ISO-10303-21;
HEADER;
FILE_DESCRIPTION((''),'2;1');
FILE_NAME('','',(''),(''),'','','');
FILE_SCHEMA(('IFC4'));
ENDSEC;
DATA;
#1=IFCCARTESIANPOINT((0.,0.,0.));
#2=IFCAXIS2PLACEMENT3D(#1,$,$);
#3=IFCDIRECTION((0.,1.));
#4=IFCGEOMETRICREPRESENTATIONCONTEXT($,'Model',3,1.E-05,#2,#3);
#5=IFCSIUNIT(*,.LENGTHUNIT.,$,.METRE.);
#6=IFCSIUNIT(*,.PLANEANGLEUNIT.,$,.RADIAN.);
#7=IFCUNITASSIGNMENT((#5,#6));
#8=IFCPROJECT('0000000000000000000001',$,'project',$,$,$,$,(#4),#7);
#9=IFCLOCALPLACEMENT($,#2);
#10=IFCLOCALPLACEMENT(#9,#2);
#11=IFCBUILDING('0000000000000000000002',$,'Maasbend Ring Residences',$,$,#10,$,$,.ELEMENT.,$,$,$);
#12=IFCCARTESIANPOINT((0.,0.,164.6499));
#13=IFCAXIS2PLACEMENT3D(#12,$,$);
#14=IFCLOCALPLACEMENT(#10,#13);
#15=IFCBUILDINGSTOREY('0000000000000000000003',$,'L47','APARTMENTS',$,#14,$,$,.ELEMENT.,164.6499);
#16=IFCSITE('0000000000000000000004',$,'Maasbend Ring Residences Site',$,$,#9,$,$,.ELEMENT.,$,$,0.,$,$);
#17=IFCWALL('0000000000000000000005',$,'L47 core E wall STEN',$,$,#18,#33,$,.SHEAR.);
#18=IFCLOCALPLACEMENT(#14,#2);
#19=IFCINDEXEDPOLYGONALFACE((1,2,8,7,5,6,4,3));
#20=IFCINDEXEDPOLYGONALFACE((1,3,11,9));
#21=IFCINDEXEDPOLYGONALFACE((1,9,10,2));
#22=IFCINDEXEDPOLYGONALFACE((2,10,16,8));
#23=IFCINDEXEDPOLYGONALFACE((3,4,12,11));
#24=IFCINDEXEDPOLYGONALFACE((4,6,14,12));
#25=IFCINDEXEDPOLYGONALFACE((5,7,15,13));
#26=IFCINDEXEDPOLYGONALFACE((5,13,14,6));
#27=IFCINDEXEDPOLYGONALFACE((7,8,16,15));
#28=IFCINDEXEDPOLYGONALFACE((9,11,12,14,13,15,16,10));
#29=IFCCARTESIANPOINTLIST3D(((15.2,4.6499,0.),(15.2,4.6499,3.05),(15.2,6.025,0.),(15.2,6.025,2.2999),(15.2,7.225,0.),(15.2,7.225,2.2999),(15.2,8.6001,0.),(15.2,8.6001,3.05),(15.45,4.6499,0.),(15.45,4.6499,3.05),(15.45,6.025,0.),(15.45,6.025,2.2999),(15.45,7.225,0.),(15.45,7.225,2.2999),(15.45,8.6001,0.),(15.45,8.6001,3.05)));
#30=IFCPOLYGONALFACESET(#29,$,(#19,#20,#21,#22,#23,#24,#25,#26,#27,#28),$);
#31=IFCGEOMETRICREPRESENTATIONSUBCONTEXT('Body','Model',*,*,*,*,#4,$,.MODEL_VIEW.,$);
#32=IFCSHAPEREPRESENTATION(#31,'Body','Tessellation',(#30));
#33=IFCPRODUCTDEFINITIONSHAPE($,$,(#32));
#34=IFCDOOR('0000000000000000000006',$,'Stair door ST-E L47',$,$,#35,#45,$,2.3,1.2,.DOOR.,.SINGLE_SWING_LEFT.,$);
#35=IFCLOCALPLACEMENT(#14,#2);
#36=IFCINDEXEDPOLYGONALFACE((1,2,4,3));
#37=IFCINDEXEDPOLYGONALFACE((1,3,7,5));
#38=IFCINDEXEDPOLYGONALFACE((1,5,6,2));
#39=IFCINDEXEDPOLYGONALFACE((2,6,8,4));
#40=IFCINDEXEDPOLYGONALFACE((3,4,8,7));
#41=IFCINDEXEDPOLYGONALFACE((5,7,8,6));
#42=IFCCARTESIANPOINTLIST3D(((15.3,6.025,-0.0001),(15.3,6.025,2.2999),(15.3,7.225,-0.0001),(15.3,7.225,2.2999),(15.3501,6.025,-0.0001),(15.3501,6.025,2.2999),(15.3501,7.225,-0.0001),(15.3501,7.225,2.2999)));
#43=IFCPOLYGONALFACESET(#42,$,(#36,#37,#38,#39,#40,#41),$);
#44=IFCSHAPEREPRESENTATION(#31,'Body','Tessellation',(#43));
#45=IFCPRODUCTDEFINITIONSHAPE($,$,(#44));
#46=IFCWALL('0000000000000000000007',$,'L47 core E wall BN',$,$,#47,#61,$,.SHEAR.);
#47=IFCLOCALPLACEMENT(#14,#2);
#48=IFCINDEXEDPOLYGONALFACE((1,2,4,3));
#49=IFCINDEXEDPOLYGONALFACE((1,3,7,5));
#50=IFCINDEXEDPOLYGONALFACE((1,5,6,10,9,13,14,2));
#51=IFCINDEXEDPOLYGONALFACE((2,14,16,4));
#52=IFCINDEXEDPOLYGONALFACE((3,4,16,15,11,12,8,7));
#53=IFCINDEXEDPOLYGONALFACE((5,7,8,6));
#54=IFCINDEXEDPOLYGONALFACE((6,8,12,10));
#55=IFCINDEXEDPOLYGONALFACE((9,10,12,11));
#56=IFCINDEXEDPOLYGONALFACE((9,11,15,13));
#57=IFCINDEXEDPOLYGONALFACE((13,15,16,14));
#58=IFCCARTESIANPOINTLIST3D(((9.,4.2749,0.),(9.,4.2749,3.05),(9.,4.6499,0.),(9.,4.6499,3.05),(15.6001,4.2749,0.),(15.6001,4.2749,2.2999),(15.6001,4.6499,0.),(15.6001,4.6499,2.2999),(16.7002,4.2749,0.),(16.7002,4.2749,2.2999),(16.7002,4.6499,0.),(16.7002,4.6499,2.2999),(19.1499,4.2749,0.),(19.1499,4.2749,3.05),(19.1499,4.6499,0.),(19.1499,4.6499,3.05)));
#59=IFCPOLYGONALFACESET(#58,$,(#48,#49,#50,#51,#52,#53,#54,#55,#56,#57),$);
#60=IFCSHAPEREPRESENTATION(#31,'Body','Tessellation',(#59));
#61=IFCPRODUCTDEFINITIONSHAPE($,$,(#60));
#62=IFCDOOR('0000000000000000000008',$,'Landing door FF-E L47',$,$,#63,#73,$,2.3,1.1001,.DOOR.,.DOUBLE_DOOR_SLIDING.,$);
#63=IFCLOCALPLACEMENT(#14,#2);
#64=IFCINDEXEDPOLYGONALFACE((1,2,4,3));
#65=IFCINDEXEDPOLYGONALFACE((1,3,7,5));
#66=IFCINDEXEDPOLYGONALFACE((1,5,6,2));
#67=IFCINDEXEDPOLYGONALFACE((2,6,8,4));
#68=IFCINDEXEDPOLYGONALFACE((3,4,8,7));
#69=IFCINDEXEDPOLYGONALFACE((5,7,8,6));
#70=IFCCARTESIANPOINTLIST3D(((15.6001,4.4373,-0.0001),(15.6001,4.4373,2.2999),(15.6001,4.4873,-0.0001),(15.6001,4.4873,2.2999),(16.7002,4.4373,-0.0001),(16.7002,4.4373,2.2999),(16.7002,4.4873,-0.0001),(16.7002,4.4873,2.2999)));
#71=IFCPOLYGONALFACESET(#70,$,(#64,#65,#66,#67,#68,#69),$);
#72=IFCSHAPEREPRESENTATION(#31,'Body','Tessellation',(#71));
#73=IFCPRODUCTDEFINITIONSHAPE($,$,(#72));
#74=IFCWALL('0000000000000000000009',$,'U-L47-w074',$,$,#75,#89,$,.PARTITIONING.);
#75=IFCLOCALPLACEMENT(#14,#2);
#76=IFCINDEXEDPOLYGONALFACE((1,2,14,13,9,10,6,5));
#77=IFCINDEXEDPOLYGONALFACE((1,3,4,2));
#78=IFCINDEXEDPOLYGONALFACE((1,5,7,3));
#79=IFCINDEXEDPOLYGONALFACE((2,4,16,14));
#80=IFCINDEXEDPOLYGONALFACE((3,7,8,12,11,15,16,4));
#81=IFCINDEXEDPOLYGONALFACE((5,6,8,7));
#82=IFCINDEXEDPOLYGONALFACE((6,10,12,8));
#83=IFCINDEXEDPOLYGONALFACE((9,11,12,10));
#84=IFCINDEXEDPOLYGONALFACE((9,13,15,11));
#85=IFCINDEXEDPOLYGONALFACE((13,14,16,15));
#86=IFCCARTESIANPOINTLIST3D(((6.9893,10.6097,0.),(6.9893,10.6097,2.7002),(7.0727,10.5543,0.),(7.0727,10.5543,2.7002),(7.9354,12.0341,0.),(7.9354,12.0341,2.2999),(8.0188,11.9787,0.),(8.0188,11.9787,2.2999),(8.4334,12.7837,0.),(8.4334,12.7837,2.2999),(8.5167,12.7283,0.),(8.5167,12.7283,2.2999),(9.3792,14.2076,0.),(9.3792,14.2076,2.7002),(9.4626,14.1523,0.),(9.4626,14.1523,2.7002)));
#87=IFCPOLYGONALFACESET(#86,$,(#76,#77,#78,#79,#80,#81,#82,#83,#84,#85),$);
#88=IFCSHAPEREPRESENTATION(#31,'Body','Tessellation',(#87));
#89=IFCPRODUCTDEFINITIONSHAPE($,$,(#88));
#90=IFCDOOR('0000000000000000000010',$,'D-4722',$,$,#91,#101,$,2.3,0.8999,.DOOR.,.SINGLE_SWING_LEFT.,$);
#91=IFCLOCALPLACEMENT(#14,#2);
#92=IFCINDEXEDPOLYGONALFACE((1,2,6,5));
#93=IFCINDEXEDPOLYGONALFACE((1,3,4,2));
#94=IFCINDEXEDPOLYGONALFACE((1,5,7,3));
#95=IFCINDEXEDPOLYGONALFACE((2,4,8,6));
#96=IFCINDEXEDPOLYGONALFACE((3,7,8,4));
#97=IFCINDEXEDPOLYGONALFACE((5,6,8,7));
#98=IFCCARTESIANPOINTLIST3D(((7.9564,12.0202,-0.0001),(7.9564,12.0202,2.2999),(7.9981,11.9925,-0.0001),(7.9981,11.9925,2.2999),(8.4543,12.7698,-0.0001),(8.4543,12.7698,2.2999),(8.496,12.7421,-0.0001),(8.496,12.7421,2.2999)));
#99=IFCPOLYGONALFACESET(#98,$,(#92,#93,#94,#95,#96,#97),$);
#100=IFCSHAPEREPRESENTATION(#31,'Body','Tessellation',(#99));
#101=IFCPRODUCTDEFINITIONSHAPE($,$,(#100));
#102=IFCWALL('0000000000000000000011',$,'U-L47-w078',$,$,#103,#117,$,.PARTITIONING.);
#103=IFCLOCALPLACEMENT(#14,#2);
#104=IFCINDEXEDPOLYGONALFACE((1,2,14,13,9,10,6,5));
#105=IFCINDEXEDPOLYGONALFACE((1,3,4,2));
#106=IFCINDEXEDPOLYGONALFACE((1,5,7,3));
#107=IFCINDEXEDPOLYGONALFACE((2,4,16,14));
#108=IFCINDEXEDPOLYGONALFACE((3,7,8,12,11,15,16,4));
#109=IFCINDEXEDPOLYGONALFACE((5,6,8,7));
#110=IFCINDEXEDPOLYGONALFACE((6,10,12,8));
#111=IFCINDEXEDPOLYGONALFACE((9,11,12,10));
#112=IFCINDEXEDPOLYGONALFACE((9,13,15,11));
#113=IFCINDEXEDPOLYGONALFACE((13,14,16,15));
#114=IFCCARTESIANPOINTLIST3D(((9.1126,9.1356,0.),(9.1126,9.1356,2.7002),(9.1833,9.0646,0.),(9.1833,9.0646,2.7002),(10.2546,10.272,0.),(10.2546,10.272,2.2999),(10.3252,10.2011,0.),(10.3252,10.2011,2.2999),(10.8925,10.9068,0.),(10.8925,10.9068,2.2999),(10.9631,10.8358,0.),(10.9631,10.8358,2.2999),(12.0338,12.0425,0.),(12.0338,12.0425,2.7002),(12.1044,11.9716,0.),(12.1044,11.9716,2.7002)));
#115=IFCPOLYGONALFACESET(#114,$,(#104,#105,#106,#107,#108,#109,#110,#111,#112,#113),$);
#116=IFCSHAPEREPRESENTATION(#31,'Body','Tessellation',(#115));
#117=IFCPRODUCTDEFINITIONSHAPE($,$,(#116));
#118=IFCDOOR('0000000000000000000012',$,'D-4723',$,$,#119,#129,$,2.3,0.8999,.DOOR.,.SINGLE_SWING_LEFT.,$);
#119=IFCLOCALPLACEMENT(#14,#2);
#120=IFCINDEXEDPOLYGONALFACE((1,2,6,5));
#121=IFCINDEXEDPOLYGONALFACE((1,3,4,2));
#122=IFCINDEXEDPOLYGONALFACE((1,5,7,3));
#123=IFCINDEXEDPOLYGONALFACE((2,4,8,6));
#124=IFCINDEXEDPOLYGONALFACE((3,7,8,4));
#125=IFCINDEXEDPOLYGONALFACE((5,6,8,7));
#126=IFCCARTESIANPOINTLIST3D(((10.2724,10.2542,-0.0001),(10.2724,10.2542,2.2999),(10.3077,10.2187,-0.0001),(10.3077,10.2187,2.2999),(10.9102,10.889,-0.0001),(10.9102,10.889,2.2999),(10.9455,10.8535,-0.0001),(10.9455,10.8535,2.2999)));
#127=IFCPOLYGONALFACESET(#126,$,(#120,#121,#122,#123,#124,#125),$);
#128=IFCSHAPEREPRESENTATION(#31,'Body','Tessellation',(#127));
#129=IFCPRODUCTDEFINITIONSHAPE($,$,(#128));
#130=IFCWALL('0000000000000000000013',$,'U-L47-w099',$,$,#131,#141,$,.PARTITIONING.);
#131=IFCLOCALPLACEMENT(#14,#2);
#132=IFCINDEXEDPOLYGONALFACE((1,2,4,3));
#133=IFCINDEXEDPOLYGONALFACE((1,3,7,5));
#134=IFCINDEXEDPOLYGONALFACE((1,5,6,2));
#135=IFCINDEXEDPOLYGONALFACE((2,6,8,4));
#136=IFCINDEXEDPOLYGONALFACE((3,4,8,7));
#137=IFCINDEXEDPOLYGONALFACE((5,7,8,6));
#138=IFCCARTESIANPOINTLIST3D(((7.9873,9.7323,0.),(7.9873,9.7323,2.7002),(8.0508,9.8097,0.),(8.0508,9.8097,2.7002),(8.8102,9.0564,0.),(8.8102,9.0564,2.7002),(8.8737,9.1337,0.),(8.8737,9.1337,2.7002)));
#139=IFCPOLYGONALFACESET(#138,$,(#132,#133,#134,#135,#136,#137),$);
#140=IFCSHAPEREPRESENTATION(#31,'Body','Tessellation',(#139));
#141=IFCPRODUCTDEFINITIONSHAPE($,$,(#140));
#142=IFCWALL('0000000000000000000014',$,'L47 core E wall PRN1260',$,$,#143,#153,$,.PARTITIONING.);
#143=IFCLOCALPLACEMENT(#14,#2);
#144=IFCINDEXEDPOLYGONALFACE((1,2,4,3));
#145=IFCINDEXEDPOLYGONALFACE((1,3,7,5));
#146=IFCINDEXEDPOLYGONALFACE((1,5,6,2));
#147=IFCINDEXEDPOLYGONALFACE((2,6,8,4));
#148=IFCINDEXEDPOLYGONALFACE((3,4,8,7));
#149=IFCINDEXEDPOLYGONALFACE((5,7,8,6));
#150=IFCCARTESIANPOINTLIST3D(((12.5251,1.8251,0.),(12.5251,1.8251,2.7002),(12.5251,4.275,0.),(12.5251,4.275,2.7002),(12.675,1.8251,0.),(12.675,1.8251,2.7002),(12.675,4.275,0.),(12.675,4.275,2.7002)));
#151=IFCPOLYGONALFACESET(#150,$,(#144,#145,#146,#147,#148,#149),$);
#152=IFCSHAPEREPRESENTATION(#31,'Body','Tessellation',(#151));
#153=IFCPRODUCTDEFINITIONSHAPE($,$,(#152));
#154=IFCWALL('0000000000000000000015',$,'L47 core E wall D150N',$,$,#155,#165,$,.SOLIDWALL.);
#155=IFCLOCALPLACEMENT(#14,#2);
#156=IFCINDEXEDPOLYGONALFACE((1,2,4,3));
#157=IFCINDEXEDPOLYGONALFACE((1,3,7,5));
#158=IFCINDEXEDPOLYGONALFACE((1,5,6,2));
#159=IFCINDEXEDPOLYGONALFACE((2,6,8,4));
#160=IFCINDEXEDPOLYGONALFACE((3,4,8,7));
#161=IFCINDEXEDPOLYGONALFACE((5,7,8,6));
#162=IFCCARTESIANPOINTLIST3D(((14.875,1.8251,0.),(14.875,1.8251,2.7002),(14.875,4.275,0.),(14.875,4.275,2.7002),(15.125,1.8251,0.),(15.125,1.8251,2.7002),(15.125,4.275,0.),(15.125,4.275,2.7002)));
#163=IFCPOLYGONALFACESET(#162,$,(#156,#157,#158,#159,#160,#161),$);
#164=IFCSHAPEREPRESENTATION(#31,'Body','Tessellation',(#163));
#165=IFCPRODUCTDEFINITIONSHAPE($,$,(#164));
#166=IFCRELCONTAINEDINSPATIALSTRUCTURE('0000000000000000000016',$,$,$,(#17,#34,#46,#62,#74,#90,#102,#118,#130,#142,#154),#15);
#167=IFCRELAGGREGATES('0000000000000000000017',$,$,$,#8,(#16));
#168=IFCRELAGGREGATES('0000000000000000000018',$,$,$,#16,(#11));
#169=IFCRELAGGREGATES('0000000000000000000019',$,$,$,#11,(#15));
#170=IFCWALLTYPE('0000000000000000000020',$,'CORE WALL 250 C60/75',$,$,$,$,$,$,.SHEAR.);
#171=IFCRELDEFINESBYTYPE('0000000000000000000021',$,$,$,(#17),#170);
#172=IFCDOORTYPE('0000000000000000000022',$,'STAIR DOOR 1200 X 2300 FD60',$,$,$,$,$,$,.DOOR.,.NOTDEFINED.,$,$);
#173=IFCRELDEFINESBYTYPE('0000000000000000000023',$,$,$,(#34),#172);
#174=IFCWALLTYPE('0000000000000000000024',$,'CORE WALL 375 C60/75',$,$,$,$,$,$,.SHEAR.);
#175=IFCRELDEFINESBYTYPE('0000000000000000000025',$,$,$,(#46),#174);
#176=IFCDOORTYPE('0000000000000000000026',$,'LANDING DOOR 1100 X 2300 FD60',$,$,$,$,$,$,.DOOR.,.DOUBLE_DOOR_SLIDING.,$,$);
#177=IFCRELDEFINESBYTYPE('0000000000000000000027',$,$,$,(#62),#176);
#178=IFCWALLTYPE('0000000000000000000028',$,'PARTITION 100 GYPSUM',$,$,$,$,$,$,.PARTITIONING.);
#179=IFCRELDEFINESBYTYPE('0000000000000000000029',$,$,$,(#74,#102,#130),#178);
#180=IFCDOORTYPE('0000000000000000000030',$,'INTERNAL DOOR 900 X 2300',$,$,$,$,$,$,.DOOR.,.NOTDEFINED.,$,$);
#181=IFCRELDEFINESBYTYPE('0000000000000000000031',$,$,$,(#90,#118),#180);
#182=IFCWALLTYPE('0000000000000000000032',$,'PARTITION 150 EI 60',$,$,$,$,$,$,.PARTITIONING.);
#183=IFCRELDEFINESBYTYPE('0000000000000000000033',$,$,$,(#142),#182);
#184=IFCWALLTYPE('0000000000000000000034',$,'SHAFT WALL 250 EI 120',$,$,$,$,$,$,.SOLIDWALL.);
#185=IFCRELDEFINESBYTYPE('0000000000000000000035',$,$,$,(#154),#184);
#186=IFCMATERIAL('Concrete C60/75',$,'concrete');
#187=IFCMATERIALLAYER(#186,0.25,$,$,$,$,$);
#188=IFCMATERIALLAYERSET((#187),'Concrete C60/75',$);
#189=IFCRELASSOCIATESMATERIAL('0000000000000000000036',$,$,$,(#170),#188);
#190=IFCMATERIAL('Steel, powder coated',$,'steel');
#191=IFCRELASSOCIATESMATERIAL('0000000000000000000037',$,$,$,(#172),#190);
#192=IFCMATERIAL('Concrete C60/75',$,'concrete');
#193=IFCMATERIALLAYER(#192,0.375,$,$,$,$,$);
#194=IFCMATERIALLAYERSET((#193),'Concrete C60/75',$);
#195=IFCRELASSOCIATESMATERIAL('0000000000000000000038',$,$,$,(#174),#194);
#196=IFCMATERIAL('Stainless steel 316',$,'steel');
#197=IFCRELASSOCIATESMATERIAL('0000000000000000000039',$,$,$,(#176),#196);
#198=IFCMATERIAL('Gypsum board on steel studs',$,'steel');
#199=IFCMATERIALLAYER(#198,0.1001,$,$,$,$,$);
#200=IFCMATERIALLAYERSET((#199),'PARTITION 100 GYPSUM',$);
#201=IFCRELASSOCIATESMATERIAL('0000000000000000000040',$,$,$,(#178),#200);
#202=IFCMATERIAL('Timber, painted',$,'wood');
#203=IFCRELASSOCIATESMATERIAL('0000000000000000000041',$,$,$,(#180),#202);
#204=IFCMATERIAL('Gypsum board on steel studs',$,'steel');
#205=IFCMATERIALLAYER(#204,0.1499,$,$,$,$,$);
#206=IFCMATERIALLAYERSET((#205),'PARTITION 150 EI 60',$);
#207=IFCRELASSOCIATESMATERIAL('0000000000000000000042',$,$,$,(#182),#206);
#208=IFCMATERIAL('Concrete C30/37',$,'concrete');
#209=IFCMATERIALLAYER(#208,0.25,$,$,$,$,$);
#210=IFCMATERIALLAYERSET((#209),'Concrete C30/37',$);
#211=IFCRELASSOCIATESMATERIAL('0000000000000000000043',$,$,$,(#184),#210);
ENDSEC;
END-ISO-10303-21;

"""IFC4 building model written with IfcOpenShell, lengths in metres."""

from ifc_helpers import new_model, si_unit, direction, frame, frame_2d, origin, place, context, subcontext, project, spatial, rectangle, extrude, material, layer, layer_set, type_object, element, fill, save


model = new_model("IFC4")

# Units and contexts
model_context = context("Model", 3, precision=1e-05, world=origin(), true_north=direction((0.0, 1.0)))
body_context = subcontext(model_context, "Body", "Model", "MODEL_VIEW")
ifc_project = project(units=[si_unit("LENGTHUNIT", "METRE"), si_unit("PLANEANGLEUNIT", "RADIAN")], contexts=[model_context])

# Site, building, storey
site_placement = place(None, origin())
site = spatial("IfcSite", under=ifc_project, at=site_placement, Name="Maasbend Ring Residences Site", CompositionType="ELEMENT", RefElevation=0.0)
building_placement = place(site_placement, origin())
building = spatial("IfcBuilding", under=site, at=building_placement, Name="Maasbend Ring Residences", CompositionType="ELEMENT")
storey_placement = place(building_placement, frame((0.0, 0.0, 164.6499)))
storey = spatial("IfcBuildingStorey", under=building, at=storey_placement, Name="L47", Description="APARTMENTS", CompositionType="ELEMENT", Elevation=164.6499)

# Shared definitions
ifc_material_1 = material(Name="Concrete C60/75", Category="concrete")
ifc_layer_1 = layer(ifc_material_1, 0.25)
ifc_layer_set_1 = layer_set([ifc_layer_1], Name="Concrete C60/75")
wall_type_1 = type_object("IfcWallType", Name="CORE WALL 250 C60/75", PredefinedType="SHEAR", material=ifc_layer_set_1)

# Walls, openings, doors
wall_1_placement = place(storey_placement, frame((15.325, 4.6499, 0.0), z_axis=(0.0, 0.0, 1.0), x_axis=(0.0, 1.0, 0.0)))
wall_1 = element("IfcWall", 1, at=wall_1_placement, inside=storey, type_object=wall_type_1, Name="L47 core E wall STEN", PredefinedType="SHEAR", context=body_context, shape_type="SweptSolid", body=[
    extrude(rectangle(XDim=3.9502, YDim=0.25, at=frame_2d((1.9751, 0.0))), origin(), (0.0, 0.0, 1.0), 3.05),
])
opening_1_placement = place(wall_1_placement, frame((1.375, 0.0, 0.0)))
opening_1 = element("IfcOpeningElement", 2, at=opening_1_placement, cuts=wall_1, PredefinedType="OPENING", context=body_context, shape_type="SweptSolid", body=[
    extrude(rectangle(XDim=1.2, YDim=2.3, at=frame_2d((0.6001, 1.1499))), frame((0.0, 0.135, 0.0), z_axis=(0.0, -1.0, 0.0), x_axis=(1.0, 0.0, 0.0)), (0.0, 0.0, 1.0), 0.27),
])
ifc_material_2 = material(Name="Steel, powder coated", Category="steel")
door_type_1 = type_object("IfcDoorType", Name="STAIR DOOR 1200 X 2300 FD60", OperationType="NOTDEFINED", PredefinedType="DOOR", material=ifc_material_2)
door_1_placement = place(opening_1_placement, origin())
door_1 = element("IfcDoor", 3, at=door_1_placement, inside=storey, type_object=door_type_1, Name="Stair door ST-E L47", OperationType="SINGLE_SWING_LEFT", OverallHeight=2.3, OverallWidth=1.2, PredefinedType="DOOR", context=body_context, shape_type="SweptSolid", body=[
    extrude(rectangle(XDim=1.2, YDim=2.3, at=frame_2d((0.6001, 1.1499))), frame((0.0, 0.0249, 0.0), z_axis=(0.0, -1.0, 0.0), x_axis=(1.0, 0.0, 0.0)), (0.0, 0.0, 1.0), 0.05),
])
fill(opening_1, door_1)
ifc_material_3 = material(Name="Concrete C60/75", Category="concrete")
ifc_layer_2 = layer(ifc_material_3, 0.375)
ifc_layer_set_2 = layer_set([ifc_layer_2], Name="Concrete C60/75")
wall_type_2 = type_object("IfcWallType", Name="CORE WALL 375 C60/75", PredefinedType="SHEAR", material=ifc_layer_set_2)
wall_2_placement = place(storey_placement, frame((9.0, 4.4624, 0.0), z_axis=(0.0, 0.0, 1.0), x_axis=(1.0, 0.0, 0.0)))
wall_2 = element("IfcWall", 4, at=wall_2_placement, inside=storey, type_object=wall_type_2, Name="L47 core E wall BN", PredefinedType="SHEAR", context=body_context, shape_type="SweptSolid", body=[
    extrude(rectangle(XDim=10.1499, YDim=0.375, at=frame_2d((5.075, 0.0))), origin(), (0.0, 0.0, 1.0), 3.05),
])
opening_2_placement = place(wall_2_placement, frame((6.6001, 0.0, 0.0)))
opening_2 = element("IfcOpeningElement", 5, at=opening_2_placement, cuts=wall_2, PredefinedType="OPENING", context=body_context, shape_type="SweptSolid", body=[
    extrude(rectangle(XDim=1.1001, YDim=2.3, at=frame_2d((0.55, 1.1499))), frame((0.0, 0.1975, 0.0), z_axis=(0.0, -1.0, 0.0), x_axis=(1.0, 0.0, 0.0)), (0.0, 0.0, 1.0), 0.395),
])
ifc_material_4 = material(Name="Stainless steel 316", Category="steel")
door_type_2 = type_object("IfcDoorType", Name="LANDING DOOR 1100 X 2300 FD60", OperationType="DOUBLE_DOOR_SLIDING", PredefinedType="DOOR", material=ifc_material_4)
door_2_placement = place(opening_2_placement, origin())
door_2 = element("IfcDoor", 6, at=door_2_placement, inside=storey, type_object=door_type_2, Name="Landing door FF-E L47", OperationType="DOUBLE_DOOR_SLIDING", OverallHeight=2.3, OverallWidth=1.1001, PredefinedType="DOOR", context=body_context, shape_type="SweptSolid", body=[
    extrude(rectangle(XDim=1.1001, YDim=2.3, at=frame_2d((0.55, 1.1499))), frame((0.0, 0.0249, 0.0), z_axis=(0.0, -1.0, 0.0), x_axis=(1.0, 0.0, 0.0)), (0.0, 0.0, 1.0), 0.05),
])
fill(opening_2, door_2)
ifc_material_5 = material(Name="Gypsum board on steel studs", Category="steel")
ifc_layer_3 = layer(ifc_material_5, 0.1001)
ifc_layer_set_3 = layer_set([ifc_layer_3], Name="PARTITION 100 GYPSUM")
wall_type_3 = type_object("IfcWallType", Name="PARTITION 100 GYPSUM", PredefinedType="PARTITIONING", material=ifc_layer_set_3)
wall_3_placement = place(storey_placement, frame((7.031, 10.582, 0.0), z_axis=(0.0, 0.0, 1.0), x_axis=(0.553304, 0.83298, 0.0)))
wall_3 = element("IfcWall", 7, at=wall_3_placement, inside=storey, type_object=wall_type_3, Name="U-L47-w074", PredefinedType="PARTITIONING", context=body_context, shape_type="SweptSolid", body=[
    extrude(rectangle(XDim=4.3193, YDim=0.1001, at=frame_2d((2.1597, 0.0))), origin(), (0.0, 0.0, 1.0), 2.7002),
])
opening_3_placement = place(wall_3_placement, frame((1.71, 0.0, 0.0)))
opening_3 = element("IfcOpeningElement", 8, at=opening_3_placement, cuts=wall_3, PredefinedType="OPENING", context=body_context, shape_type="SweptSolid", body=[
    extrude(rectangle(XDim=0.8999, YDim=2.3, at=frame_2d((0.45, 1.1499))), frame((0.0, 0.0601, 0.0), z_axis=(0.0, -1.0, 0.0), x_axis=(1.0, 0.0, 0.0)), (0.0, 0.0, 1.0), 0.1201),
])
ifc_material_6 = material(Name="Timber, painted", Category="wood")
door_type_3 = type_object("IfcDoorType", Name="INTERNAL DOOR 900 X 2300", OperationType="NOTDEFINED", PredefinedType="DOOR", material=ifc_material_6)
door_3_placement = place(opening_3_placement, origin())
door_3 = element("IfcDoor", 9, at=door_3_placement, inside=storey, type_object=door_type_3, Name="D-4722", OperationType="SINGLE_SWING_LEFT", OverallHeight=2.3, OverallWidth=0.8999, PredefinedType="DOOR", context=body_context, shape_type="SweptSolid", body=[
    extrude(rectangle(XDim=0.8999, YDim=2.3, at=frame_2d((0.45, 1.1499))), frame((0.0, 0.0249, 0.0), z_axis=(0.0, -1.0, 0.0), x_axis=(1.0, 0.0, 0.0)), (0.0, 0.0, 1.0), 0.05),
])
fill(opening_3, door_3)
wall_4_placement = place(storey_placement, frame((9.1479, 9.1001, 0.0), z_axis=(0.0, 0.0, 1.0), x_axis=(0.708823, 0.705387, 0.0)))
wall_4 = element("IfcWall", 10, at=wall_4_placement, inside=storey, type_object=wall_type_3, Name="U-L47-w078", PredefinedType="PARTITIONING", context=body_context, shape_type="SweptSolid", body=[
    extrude(rectangle(XDim=4.1211, YDim=0.1001, at=frame_2d((2.0605, 0.0))), origin(), (0.0, 0.0, 1.0), 2.7002),
])
opening_4_placement = place(wall_4_placement, frame((1.6111, 0.0, 0.0)))
opening_4 = element("IfcOpeningElement", 11, at=opening_4_placement, cuts=wall_4, PredefinedType="OPENING", context=body_context, shape_type="SweptSolid", body=[
    extrude(rectangle(XDim=0.8999, YDim=2.3, at=frame_2d((0.45, 1.1499))), frame((0.0, 0.0601, 0.0), z_axis=(0.0, -1.0, 0.0), x_axis=(1.0, 0.0, 0.0)), (0.0, 0.0, 1.0), 0.1201),
])
door_4_placement = place(opening_4_placement, origin())
door_4 = element("IfcDoor", 12, at=door_4_placement, inside=storey, type_object=door_type_3, Name="D-4723", OperationType="SINGLE_SWING_LEFT", OverallHeight=2.3, OverallWidth=0.8999, PredefinedType="DOOR", context=body_context, shape_type="SweptSolid", body=[
    extrude(rectangle(XDim=0.8999, YDim=2.3, at=frame_2d((0.45, 1.1499))), frame((0.0, 0.0249, 0.0), z_axis=(0.0, -1.0, 0.0), x_axis=(1.0, 0.0, 0.0)), (0.0, 0.0, 1.0), 0.05),
])
fill(opening_4, door_4)

# Walls
wall_5_placement = place(storey_placement, frame((8.019, 9.771, 0.0), z_axis=(0.0, 0.0, 1.0), x_axis=(0.77273, -0.634735, 0.0)))
element("IfcWall", 13, at=wall_5_placement, inside=storey, type_object=wall_type_3, Name="U-L47-w099", PredefinedType="PARTITIONING", context=body_context, shape_type="SweptSolid", body=[
    extrude(rectangle(XDim=1.0649, YDim=0.1001, at=frame_2d((0.5325, 0.0))), origin(), (0.0, 0.0, 1.0), 2.7002),
])
ifc_material_7 = material(Name="Gypsum board on steel studs", Category="steel")
ifc_layer_4 = layer(ifc_material_7, 0.1499)
ifc_layer_set_4 = layer_set([ifc_layer_4], Name="PARTITION 150 EI 60")
wall_type_4 = type_object("IfcWallType", Name="PARTITION 150 EI 60", PredefinedType="PARTITIONING", material=ifc_layer_set_4)
wall_6_placement = place(storey_placement, frame((12.6001, 1.825, 0.0), z_axis=(0.0, 0.0, 1.0), x_axis=(0.0, 1.0, 0.0)))
element("IfcWall", 14, at=wall_6_placement, inside=storey, type_object=wall_type_4, Name="L47 core E wall PRN1260", PredefinedType="PARTITIONING", context=body_context, shape_type="SweptSolid", body=[
    extrude(rectangle(XDim=2.45, YDim=0.1499, at=frame_2d((1.2251, 0.0))), origin(), (0.0, 0.0, 1.0), 2.7002),
])
ifc_material_8 = material(Name="Concrete C30/37", Category="concrete")
ifc_layer_5 = layer(ifc_material_8, 0.25)
ifc_layer_set_5 = layer_set([ifc_layer_5], Name="Concrete C30/37")
wall_type_5 = type_object("IfcWallType", Name="SHAFT WALL 250 EI 120", PredefinedType="SOLIDWALL", material=ifc_layer_set_5)
wall_7_placement = place(storey_placement, frame((15.0, 1.825, 0.0), z_axis=(0.0, 0.0, 1.0), x_axis=(0.0, 1.0, 0.0)))
element("IfcWall", 15, at=wall_7_placement, inside=storey, type_object=wall_type_5, Name="L47 core E wall D150N", PredefinedType="SOLIDWALL", context=body_context, shape_type="SweptSolid", body=[
    extrude(rectangle(XDim=2.45, YDim=0.25, at=frame_2d((1.2251, 0.0))), origin(), (0.0, 0.0, 1.0), 2.7002),
])

save(model, "model.ifc")
